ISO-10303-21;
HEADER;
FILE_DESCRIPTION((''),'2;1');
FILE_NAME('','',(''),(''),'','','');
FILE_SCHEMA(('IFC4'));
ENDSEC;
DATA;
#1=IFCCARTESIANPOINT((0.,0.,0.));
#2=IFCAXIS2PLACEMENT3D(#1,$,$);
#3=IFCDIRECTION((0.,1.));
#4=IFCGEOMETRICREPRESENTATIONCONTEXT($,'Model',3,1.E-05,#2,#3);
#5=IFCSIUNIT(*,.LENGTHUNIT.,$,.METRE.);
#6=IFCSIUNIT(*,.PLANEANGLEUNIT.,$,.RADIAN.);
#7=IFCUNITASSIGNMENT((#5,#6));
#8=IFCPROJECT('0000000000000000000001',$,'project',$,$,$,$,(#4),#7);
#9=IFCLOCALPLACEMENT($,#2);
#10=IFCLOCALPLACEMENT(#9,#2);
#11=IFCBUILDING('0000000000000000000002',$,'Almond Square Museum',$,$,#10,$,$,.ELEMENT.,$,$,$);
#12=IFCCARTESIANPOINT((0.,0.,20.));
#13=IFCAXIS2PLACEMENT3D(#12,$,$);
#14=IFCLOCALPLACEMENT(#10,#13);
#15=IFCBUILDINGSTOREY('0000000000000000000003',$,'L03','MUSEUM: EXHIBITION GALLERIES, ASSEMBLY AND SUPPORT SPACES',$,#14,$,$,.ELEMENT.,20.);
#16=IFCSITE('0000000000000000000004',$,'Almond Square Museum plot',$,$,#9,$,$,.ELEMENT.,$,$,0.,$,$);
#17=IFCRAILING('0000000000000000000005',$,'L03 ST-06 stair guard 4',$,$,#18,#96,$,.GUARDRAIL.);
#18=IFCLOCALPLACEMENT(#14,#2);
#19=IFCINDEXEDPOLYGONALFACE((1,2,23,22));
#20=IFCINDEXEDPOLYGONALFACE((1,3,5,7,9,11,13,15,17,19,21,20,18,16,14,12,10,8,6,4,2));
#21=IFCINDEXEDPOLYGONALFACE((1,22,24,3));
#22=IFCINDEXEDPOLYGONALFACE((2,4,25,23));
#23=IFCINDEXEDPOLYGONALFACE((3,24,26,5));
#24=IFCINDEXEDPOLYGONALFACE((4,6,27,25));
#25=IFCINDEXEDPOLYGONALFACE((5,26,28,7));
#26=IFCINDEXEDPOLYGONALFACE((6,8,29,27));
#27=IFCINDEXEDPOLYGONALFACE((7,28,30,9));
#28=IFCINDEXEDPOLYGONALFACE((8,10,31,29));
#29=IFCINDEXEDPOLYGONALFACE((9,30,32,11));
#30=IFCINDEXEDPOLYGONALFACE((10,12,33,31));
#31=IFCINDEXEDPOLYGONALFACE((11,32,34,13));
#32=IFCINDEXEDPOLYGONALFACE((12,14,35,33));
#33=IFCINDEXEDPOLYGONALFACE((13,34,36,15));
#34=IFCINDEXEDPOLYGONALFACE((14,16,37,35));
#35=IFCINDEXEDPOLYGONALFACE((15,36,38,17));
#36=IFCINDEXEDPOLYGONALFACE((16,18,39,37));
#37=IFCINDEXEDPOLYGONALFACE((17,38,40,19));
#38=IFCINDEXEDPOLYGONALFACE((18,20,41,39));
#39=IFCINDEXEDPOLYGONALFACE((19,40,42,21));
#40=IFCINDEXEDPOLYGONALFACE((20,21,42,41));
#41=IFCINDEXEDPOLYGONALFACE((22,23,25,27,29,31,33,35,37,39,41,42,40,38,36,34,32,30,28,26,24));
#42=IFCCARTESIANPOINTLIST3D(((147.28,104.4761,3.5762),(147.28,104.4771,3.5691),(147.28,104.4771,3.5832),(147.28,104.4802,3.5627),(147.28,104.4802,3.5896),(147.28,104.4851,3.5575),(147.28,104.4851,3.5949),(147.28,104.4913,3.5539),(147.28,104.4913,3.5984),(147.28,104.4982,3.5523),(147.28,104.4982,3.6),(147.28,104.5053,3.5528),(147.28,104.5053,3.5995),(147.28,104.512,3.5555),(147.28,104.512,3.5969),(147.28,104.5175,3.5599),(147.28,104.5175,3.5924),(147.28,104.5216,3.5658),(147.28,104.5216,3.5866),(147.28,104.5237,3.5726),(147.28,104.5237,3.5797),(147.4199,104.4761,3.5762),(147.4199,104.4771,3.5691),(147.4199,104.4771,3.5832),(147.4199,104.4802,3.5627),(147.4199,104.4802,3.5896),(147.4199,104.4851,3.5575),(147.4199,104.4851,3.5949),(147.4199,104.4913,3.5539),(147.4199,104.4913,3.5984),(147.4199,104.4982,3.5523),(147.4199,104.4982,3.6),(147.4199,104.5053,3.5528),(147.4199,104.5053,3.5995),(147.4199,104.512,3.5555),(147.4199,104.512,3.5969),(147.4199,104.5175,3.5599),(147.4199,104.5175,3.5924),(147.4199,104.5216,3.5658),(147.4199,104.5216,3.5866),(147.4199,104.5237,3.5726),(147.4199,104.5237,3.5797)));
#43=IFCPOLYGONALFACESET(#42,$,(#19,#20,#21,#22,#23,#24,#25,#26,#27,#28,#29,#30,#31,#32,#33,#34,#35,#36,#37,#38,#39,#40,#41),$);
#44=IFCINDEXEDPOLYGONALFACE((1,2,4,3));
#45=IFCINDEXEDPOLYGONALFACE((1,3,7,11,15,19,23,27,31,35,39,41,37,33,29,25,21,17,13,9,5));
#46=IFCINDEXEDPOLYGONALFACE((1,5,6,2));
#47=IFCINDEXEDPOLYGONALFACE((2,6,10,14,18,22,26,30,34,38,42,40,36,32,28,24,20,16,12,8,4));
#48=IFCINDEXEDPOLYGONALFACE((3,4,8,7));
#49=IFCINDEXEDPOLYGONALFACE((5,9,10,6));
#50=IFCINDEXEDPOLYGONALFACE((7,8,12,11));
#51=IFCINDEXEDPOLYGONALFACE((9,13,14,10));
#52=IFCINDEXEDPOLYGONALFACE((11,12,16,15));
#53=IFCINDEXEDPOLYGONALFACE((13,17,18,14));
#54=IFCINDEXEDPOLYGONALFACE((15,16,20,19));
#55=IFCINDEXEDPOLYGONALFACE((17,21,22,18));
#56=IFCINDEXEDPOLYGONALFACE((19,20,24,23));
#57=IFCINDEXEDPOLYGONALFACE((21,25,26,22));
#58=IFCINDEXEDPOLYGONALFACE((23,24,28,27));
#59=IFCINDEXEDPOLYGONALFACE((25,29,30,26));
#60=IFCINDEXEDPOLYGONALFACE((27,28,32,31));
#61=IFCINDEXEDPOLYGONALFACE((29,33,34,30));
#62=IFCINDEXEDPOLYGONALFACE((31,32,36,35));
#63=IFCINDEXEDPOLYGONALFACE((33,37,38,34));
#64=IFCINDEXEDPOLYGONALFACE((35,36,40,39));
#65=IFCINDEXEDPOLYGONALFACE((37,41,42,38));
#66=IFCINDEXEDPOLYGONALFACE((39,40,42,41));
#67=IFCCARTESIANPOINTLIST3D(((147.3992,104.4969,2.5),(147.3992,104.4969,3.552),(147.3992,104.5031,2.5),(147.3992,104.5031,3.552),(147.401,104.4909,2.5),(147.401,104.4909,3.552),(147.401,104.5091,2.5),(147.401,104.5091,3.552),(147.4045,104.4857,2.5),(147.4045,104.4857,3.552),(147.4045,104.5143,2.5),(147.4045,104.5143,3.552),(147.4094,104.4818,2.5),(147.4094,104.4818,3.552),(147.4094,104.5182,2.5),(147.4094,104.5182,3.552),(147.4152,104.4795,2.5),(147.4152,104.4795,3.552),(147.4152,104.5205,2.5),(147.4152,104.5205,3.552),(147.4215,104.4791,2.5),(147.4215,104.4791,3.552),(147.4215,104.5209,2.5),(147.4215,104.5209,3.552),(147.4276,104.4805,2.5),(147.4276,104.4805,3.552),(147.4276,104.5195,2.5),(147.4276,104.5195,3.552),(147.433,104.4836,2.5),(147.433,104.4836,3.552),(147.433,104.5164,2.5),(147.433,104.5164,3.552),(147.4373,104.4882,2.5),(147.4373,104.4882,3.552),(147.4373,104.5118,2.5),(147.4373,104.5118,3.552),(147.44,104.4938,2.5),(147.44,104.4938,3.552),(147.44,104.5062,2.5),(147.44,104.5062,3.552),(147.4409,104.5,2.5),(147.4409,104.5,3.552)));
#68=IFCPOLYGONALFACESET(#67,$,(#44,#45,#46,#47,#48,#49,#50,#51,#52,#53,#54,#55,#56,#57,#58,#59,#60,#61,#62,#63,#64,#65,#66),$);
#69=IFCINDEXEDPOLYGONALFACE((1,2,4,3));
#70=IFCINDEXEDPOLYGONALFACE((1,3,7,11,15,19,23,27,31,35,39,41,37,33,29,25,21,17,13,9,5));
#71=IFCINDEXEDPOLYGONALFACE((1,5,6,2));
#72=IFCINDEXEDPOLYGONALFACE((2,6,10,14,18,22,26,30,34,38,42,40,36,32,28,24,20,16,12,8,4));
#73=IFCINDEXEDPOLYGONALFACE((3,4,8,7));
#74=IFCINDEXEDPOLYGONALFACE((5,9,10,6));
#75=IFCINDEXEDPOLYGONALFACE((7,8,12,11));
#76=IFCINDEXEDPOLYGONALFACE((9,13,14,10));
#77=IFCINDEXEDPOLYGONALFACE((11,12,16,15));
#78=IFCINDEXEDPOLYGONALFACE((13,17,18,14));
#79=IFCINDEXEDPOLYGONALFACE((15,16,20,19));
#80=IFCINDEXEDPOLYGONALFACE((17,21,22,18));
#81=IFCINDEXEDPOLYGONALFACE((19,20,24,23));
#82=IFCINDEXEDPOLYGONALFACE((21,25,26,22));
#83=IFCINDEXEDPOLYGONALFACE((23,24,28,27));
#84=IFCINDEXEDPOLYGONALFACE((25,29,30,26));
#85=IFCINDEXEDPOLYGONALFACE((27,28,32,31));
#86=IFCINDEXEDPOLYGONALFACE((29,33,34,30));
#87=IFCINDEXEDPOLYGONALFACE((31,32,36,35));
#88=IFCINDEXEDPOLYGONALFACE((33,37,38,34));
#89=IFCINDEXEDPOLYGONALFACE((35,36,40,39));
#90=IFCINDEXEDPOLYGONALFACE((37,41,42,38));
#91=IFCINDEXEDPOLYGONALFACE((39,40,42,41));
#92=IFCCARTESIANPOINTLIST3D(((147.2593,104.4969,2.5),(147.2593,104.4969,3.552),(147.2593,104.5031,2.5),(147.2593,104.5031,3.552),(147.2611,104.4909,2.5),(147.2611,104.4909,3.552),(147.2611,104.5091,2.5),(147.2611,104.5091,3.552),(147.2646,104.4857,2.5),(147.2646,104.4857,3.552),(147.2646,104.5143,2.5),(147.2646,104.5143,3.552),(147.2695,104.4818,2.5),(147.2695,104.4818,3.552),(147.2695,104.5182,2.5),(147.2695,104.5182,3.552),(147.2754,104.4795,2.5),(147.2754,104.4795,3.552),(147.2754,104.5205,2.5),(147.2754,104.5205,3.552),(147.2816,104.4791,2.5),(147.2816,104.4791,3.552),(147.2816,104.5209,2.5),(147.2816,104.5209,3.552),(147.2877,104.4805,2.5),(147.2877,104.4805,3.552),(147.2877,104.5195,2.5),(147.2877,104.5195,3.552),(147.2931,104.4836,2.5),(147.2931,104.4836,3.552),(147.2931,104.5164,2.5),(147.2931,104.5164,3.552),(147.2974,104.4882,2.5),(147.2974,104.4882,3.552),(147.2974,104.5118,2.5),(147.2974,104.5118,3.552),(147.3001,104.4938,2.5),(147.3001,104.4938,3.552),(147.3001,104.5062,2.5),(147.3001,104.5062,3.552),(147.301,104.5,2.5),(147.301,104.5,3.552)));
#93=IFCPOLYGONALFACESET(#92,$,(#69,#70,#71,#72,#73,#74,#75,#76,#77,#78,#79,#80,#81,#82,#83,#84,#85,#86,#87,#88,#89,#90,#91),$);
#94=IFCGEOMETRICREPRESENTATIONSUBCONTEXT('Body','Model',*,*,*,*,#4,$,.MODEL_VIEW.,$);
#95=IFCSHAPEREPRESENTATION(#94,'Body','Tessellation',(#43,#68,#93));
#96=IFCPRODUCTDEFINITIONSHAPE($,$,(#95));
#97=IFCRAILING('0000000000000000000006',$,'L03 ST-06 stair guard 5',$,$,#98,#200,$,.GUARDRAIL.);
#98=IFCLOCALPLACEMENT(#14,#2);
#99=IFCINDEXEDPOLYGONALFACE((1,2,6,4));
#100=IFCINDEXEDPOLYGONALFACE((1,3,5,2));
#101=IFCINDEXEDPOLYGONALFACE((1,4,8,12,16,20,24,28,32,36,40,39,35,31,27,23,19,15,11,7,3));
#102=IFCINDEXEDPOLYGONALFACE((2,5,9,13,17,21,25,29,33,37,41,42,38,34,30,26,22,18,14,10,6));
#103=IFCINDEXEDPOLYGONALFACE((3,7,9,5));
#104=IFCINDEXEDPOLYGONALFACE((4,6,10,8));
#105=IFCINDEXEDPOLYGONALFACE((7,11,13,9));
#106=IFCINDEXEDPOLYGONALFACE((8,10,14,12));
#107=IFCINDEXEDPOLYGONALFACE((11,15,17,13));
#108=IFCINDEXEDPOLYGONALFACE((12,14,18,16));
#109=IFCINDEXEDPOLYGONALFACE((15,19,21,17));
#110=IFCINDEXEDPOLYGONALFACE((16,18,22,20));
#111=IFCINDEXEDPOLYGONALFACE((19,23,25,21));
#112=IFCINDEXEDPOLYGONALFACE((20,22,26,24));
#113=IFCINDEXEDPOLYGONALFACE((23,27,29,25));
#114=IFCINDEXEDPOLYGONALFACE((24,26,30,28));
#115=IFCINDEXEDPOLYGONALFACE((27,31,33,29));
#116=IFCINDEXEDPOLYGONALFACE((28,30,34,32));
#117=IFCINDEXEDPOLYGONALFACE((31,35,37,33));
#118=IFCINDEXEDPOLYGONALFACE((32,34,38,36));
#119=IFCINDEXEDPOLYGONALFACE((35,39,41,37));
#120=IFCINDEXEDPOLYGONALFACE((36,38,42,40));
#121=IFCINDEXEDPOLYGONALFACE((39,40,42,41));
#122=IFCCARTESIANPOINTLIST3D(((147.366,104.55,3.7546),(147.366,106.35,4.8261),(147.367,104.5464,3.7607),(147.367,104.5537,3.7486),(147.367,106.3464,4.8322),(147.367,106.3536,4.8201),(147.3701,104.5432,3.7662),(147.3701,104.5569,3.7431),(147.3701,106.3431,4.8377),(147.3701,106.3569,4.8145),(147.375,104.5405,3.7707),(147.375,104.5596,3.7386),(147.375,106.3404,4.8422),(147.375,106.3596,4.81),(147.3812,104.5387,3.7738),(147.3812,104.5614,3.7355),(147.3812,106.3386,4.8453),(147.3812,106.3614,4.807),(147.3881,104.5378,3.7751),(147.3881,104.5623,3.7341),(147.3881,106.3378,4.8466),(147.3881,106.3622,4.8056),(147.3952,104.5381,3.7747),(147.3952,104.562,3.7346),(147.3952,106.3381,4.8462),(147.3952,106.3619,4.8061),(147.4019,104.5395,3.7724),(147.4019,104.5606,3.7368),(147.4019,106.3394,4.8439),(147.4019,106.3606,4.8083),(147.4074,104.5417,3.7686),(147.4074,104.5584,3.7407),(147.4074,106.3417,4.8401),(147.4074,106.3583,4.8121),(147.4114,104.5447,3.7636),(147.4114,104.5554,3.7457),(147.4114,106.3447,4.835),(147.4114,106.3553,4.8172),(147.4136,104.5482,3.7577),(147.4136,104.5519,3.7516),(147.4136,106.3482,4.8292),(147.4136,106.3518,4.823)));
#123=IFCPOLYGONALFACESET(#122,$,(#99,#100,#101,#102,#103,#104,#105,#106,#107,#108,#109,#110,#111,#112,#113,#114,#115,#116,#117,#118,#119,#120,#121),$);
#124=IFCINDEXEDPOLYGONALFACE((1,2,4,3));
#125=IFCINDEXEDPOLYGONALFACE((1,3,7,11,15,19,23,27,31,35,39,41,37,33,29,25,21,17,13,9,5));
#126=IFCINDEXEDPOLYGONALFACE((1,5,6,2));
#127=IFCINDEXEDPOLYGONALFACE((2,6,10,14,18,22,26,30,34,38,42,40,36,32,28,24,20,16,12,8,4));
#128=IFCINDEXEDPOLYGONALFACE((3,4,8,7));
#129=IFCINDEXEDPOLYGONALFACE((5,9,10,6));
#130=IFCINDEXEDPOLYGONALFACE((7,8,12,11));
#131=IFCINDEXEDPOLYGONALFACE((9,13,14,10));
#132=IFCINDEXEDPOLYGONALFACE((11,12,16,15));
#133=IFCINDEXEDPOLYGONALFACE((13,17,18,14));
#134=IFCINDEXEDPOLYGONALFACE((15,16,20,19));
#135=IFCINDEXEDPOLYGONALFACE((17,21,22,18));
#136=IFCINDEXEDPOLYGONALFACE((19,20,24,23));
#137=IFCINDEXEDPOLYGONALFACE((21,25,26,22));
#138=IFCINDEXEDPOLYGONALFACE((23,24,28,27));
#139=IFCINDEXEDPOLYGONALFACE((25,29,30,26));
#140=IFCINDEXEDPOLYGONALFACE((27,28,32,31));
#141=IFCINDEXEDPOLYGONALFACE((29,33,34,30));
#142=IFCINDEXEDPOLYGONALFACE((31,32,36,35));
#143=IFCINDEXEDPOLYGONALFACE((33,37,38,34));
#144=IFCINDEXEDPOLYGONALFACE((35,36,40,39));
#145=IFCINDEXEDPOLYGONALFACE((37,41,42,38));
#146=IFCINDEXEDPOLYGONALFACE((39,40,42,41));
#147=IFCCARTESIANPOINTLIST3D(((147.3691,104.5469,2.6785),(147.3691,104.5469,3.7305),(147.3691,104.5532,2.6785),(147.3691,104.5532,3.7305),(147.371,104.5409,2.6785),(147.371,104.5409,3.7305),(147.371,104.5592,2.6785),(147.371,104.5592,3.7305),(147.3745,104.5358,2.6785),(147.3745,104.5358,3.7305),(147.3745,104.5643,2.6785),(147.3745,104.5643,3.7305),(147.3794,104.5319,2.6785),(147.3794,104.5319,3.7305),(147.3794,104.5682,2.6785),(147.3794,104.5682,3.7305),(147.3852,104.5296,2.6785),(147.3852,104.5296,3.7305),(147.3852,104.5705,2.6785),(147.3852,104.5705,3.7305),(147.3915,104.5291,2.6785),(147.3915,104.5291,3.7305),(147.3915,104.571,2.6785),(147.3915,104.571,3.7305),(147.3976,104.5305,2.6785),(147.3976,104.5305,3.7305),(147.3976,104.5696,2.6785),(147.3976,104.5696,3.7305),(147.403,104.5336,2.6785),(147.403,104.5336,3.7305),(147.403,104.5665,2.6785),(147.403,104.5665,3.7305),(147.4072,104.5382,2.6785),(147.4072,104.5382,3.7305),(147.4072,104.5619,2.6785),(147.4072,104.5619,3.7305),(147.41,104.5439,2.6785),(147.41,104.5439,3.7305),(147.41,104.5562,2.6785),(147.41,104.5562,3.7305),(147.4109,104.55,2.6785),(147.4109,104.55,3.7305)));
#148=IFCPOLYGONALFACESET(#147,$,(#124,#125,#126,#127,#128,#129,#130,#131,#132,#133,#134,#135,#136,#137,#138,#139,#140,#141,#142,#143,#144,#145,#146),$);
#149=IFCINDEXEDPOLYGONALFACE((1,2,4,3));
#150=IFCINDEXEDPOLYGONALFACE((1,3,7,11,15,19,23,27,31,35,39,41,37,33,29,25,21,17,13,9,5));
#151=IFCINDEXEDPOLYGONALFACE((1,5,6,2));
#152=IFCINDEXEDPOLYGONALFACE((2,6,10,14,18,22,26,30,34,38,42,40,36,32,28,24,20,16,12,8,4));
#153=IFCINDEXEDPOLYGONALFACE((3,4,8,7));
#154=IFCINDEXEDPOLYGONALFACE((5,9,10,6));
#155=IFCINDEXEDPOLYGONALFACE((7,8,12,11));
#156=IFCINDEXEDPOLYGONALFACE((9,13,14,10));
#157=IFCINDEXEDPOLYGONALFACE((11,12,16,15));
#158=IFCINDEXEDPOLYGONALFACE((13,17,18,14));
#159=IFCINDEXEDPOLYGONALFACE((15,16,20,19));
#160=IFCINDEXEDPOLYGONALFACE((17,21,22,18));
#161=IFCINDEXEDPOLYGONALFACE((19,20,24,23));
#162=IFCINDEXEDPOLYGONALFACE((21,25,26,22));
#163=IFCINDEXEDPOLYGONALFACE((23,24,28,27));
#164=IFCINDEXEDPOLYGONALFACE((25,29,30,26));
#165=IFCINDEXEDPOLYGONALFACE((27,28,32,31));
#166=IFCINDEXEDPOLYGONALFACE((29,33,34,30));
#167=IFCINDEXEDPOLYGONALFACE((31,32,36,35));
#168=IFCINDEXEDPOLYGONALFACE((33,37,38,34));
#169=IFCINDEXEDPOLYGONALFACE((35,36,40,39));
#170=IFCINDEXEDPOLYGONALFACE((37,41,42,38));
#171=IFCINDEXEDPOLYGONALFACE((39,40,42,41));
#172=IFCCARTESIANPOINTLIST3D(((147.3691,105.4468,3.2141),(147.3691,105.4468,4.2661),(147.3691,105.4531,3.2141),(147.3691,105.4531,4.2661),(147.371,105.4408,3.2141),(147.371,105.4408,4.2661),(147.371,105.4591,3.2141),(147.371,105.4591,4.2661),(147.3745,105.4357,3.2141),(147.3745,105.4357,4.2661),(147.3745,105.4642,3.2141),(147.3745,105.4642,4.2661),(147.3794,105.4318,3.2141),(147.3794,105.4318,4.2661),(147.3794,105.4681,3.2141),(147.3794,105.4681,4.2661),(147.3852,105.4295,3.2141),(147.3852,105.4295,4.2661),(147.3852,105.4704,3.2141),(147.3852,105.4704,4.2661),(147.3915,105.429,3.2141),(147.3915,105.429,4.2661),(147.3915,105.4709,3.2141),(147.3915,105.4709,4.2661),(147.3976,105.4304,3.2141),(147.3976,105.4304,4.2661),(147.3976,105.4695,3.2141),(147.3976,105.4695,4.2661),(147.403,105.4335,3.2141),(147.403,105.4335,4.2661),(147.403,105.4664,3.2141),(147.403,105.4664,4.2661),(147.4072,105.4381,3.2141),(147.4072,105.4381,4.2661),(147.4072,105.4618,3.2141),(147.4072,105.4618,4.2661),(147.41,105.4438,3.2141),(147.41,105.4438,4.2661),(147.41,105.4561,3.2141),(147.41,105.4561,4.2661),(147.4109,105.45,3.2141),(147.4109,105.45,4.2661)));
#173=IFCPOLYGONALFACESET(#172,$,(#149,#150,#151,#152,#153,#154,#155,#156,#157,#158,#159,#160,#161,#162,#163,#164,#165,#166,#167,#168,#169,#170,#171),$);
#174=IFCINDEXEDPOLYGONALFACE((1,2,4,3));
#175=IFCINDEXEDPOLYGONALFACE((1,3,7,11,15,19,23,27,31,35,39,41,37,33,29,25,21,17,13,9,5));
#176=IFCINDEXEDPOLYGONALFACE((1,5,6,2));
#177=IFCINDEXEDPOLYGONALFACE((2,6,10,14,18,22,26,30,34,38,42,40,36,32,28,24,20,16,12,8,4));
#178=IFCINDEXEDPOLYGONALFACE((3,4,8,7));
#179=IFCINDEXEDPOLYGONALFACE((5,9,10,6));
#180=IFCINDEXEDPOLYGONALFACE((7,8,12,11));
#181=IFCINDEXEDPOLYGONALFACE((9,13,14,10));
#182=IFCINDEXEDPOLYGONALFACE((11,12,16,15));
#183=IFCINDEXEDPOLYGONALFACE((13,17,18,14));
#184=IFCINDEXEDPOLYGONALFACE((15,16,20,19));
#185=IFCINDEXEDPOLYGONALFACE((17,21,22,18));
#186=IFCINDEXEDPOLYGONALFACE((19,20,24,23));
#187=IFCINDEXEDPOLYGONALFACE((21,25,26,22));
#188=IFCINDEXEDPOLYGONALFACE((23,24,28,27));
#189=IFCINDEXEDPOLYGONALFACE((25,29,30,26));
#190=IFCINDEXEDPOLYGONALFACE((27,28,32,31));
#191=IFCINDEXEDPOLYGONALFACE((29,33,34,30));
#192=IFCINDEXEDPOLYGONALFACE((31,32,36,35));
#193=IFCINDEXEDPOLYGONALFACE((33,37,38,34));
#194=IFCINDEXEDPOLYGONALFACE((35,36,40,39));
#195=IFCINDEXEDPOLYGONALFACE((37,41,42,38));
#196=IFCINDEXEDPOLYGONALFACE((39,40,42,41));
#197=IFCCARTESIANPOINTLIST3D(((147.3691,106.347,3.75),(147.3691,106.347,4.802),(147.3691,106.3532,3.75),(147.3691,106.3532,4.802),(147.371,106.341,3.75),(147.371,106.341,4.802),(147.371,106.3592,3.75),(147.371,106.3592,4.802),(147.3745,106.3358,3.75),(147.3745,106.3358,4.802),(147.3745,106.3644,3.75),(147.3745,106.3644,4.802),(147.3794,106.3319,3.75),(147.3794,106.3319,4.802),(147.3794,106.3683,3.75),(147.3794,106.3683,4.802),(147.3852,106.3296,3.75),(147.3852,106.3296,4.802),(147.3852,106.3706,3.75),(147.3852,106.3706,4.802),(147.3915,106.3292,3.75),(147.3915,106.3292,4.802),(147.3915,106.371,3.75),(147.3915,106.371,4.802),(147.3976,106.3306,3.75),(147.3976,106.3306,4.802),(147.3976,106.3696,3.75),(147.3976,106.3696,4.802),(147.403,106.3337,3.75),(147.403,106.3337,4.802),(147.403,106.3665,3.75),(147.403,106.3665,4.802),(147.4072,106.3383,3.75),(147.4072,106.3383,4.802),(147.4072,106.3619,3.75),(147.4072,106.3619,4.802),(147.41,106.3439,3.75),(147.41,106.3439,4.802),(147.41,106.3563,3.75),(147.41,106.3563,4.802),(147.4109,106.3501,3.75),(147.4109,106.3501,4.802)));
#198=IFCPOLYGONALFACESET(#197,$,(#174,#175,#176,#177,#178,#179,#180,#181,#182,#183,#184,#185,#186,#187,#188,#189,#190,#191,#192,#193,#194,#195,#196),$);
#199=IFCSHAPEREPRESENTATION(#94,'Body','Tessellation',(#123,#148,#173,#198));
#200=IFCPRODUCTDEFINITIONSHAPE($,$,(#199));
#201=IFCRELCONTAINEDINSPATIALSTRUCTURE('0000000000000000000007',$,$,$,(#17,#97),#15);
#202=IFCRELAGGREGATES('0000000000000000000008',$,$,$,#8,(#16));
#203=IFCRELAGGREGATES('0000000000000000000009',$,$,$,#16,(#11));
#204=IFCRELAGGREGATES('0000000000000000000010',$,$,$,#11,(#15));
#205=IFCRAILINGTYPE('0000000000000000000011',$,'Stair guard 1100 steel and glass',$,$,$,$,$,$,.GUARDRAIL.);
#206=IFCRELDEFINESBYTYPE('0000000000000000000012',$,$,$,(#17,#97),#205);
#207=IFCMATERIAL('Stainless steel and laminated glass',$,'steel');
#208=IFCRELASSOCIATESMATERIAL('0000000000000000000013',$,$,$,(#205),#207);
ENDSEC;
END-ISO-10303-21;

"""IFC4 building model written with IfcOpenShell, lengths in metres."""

from ifc_helpers import new_model, si_unit, direction, frame, origin, origin_2d, place, context, subcontext, project, spatial, circle, extrude, material, type_object, element, save


model = new_model("IFC4")

# Units and contexts
model_context = context("Model", 3, precision=1e-05, world=origin(), true_north=direction((0.0, 1.0)))
body_context = subcontext(model_context, "Body", "Model", "MODEL_VIEW")
ifc_project = project(units=[si_unit("LENGTHUNIT", "METRE"), si_unit("PLANEANGLEUNIT", "RADIAN")], contexts=[model_context])

# Site, building, storey
site_placement = place(None, origin())
site = spatial("IfcSite", under=ifc_project, at=site_placement, Name="Almond Square Museum plot", CompositionType="ELEMENT", RefElevation=0.0)
building_placement = place(site_placement, origin())
building = spatial("IfcBuilding", under=site, at=building_placement, Name="Almond Square Museum", CompositionType="ELEMENT")
storey_placement = place(building_placement, frame((0.0, 0.0, 20.0)))
storey = spatial("IfcBuildingStorey", under=building, at=storey_placement, Name="L03", Description="MUSEUM: EXHIBITION GALLERIES, ASSEMBLY AND SUPPORT SPACES", CompositionType="ELEMENT", Elevation=20.0)

# Railings
ifc_material_1 = material(Name="Stainless steel and laminated glass", Category="steel")
railing_type_1 = type_object("IfcRailingType", Name="Stair guard 1100 steel and glass", PredefinedType="GUARDRAIL", material=ifc_material_1)
railing_1_placement = place(storey_placement, frame((147.4199, 104.5, 2.5)))
element("IfcRailing", 1, at=railing_1_placement, inside=storey, type_object=railing_type_1, Name="L03 ST-06 stair guard 4", PredefinedType="GUARDRAIL", context=body_context, shape_type="SweptSolid", body=[
    extrude(circle(Radius=0.0239, at=origin_2d()), frame((0.0, 0.0, 1.0762), z_axis=(-1.0, 0.0, 0.0), x_axis=(0.0, -1.0, 0.0)), (0.0, 0.0, 1.0), 0.1399),
    extrude(circle(Radius=0.021, at=origin_2d()), origin(), (0.0, 0.0, 1.0), 1.052),
    extrude(circle(Radius=0.021, at=origin_2d()), frame((-0.1399, 0.0, 0.0)), (0.0, 0.0, 1.0), 1.052),
])
railing_2_placement = place(storey_placement, frame((147.3899, 104.55, 2.6785)))
element("IfcRailing", 2, at=railing_2_placement, inside=storey, type_object=railing_type_1, Name="L03 ST-06 stair guard 5", PredefinedType="GUARDRAIL", context=body_context, shape_type="SweptSolid", body=[
    extrude(circle(Radius=0.0239, at=origin_2d()), frame((0.0, 0.0, 1.0762), z_axis=(0.0, 0.859277, 0.51151), x_axis=(-1.0, 0.0, 0.0)), (0.0, 0.0, 1.0), 2.0947),
    extrude(circle(Radius=0.021, at=origin_2d()), origin(), (0.0, 0.0, 1.0), 1.052),
    extrude(circle(Radius=0.021, at=origin_2d()), frame((0.0, 0.8999, 0.5356)), (0.0, 0.0, 1.0), 1.052),
    extrude(circle(Radius=0.021, at=origin_2d()), frame((0.0, 1.8, 1.0715)), (0.0, 0.0, 1.0), 1.052),
])

save(model, "model.ifc")
